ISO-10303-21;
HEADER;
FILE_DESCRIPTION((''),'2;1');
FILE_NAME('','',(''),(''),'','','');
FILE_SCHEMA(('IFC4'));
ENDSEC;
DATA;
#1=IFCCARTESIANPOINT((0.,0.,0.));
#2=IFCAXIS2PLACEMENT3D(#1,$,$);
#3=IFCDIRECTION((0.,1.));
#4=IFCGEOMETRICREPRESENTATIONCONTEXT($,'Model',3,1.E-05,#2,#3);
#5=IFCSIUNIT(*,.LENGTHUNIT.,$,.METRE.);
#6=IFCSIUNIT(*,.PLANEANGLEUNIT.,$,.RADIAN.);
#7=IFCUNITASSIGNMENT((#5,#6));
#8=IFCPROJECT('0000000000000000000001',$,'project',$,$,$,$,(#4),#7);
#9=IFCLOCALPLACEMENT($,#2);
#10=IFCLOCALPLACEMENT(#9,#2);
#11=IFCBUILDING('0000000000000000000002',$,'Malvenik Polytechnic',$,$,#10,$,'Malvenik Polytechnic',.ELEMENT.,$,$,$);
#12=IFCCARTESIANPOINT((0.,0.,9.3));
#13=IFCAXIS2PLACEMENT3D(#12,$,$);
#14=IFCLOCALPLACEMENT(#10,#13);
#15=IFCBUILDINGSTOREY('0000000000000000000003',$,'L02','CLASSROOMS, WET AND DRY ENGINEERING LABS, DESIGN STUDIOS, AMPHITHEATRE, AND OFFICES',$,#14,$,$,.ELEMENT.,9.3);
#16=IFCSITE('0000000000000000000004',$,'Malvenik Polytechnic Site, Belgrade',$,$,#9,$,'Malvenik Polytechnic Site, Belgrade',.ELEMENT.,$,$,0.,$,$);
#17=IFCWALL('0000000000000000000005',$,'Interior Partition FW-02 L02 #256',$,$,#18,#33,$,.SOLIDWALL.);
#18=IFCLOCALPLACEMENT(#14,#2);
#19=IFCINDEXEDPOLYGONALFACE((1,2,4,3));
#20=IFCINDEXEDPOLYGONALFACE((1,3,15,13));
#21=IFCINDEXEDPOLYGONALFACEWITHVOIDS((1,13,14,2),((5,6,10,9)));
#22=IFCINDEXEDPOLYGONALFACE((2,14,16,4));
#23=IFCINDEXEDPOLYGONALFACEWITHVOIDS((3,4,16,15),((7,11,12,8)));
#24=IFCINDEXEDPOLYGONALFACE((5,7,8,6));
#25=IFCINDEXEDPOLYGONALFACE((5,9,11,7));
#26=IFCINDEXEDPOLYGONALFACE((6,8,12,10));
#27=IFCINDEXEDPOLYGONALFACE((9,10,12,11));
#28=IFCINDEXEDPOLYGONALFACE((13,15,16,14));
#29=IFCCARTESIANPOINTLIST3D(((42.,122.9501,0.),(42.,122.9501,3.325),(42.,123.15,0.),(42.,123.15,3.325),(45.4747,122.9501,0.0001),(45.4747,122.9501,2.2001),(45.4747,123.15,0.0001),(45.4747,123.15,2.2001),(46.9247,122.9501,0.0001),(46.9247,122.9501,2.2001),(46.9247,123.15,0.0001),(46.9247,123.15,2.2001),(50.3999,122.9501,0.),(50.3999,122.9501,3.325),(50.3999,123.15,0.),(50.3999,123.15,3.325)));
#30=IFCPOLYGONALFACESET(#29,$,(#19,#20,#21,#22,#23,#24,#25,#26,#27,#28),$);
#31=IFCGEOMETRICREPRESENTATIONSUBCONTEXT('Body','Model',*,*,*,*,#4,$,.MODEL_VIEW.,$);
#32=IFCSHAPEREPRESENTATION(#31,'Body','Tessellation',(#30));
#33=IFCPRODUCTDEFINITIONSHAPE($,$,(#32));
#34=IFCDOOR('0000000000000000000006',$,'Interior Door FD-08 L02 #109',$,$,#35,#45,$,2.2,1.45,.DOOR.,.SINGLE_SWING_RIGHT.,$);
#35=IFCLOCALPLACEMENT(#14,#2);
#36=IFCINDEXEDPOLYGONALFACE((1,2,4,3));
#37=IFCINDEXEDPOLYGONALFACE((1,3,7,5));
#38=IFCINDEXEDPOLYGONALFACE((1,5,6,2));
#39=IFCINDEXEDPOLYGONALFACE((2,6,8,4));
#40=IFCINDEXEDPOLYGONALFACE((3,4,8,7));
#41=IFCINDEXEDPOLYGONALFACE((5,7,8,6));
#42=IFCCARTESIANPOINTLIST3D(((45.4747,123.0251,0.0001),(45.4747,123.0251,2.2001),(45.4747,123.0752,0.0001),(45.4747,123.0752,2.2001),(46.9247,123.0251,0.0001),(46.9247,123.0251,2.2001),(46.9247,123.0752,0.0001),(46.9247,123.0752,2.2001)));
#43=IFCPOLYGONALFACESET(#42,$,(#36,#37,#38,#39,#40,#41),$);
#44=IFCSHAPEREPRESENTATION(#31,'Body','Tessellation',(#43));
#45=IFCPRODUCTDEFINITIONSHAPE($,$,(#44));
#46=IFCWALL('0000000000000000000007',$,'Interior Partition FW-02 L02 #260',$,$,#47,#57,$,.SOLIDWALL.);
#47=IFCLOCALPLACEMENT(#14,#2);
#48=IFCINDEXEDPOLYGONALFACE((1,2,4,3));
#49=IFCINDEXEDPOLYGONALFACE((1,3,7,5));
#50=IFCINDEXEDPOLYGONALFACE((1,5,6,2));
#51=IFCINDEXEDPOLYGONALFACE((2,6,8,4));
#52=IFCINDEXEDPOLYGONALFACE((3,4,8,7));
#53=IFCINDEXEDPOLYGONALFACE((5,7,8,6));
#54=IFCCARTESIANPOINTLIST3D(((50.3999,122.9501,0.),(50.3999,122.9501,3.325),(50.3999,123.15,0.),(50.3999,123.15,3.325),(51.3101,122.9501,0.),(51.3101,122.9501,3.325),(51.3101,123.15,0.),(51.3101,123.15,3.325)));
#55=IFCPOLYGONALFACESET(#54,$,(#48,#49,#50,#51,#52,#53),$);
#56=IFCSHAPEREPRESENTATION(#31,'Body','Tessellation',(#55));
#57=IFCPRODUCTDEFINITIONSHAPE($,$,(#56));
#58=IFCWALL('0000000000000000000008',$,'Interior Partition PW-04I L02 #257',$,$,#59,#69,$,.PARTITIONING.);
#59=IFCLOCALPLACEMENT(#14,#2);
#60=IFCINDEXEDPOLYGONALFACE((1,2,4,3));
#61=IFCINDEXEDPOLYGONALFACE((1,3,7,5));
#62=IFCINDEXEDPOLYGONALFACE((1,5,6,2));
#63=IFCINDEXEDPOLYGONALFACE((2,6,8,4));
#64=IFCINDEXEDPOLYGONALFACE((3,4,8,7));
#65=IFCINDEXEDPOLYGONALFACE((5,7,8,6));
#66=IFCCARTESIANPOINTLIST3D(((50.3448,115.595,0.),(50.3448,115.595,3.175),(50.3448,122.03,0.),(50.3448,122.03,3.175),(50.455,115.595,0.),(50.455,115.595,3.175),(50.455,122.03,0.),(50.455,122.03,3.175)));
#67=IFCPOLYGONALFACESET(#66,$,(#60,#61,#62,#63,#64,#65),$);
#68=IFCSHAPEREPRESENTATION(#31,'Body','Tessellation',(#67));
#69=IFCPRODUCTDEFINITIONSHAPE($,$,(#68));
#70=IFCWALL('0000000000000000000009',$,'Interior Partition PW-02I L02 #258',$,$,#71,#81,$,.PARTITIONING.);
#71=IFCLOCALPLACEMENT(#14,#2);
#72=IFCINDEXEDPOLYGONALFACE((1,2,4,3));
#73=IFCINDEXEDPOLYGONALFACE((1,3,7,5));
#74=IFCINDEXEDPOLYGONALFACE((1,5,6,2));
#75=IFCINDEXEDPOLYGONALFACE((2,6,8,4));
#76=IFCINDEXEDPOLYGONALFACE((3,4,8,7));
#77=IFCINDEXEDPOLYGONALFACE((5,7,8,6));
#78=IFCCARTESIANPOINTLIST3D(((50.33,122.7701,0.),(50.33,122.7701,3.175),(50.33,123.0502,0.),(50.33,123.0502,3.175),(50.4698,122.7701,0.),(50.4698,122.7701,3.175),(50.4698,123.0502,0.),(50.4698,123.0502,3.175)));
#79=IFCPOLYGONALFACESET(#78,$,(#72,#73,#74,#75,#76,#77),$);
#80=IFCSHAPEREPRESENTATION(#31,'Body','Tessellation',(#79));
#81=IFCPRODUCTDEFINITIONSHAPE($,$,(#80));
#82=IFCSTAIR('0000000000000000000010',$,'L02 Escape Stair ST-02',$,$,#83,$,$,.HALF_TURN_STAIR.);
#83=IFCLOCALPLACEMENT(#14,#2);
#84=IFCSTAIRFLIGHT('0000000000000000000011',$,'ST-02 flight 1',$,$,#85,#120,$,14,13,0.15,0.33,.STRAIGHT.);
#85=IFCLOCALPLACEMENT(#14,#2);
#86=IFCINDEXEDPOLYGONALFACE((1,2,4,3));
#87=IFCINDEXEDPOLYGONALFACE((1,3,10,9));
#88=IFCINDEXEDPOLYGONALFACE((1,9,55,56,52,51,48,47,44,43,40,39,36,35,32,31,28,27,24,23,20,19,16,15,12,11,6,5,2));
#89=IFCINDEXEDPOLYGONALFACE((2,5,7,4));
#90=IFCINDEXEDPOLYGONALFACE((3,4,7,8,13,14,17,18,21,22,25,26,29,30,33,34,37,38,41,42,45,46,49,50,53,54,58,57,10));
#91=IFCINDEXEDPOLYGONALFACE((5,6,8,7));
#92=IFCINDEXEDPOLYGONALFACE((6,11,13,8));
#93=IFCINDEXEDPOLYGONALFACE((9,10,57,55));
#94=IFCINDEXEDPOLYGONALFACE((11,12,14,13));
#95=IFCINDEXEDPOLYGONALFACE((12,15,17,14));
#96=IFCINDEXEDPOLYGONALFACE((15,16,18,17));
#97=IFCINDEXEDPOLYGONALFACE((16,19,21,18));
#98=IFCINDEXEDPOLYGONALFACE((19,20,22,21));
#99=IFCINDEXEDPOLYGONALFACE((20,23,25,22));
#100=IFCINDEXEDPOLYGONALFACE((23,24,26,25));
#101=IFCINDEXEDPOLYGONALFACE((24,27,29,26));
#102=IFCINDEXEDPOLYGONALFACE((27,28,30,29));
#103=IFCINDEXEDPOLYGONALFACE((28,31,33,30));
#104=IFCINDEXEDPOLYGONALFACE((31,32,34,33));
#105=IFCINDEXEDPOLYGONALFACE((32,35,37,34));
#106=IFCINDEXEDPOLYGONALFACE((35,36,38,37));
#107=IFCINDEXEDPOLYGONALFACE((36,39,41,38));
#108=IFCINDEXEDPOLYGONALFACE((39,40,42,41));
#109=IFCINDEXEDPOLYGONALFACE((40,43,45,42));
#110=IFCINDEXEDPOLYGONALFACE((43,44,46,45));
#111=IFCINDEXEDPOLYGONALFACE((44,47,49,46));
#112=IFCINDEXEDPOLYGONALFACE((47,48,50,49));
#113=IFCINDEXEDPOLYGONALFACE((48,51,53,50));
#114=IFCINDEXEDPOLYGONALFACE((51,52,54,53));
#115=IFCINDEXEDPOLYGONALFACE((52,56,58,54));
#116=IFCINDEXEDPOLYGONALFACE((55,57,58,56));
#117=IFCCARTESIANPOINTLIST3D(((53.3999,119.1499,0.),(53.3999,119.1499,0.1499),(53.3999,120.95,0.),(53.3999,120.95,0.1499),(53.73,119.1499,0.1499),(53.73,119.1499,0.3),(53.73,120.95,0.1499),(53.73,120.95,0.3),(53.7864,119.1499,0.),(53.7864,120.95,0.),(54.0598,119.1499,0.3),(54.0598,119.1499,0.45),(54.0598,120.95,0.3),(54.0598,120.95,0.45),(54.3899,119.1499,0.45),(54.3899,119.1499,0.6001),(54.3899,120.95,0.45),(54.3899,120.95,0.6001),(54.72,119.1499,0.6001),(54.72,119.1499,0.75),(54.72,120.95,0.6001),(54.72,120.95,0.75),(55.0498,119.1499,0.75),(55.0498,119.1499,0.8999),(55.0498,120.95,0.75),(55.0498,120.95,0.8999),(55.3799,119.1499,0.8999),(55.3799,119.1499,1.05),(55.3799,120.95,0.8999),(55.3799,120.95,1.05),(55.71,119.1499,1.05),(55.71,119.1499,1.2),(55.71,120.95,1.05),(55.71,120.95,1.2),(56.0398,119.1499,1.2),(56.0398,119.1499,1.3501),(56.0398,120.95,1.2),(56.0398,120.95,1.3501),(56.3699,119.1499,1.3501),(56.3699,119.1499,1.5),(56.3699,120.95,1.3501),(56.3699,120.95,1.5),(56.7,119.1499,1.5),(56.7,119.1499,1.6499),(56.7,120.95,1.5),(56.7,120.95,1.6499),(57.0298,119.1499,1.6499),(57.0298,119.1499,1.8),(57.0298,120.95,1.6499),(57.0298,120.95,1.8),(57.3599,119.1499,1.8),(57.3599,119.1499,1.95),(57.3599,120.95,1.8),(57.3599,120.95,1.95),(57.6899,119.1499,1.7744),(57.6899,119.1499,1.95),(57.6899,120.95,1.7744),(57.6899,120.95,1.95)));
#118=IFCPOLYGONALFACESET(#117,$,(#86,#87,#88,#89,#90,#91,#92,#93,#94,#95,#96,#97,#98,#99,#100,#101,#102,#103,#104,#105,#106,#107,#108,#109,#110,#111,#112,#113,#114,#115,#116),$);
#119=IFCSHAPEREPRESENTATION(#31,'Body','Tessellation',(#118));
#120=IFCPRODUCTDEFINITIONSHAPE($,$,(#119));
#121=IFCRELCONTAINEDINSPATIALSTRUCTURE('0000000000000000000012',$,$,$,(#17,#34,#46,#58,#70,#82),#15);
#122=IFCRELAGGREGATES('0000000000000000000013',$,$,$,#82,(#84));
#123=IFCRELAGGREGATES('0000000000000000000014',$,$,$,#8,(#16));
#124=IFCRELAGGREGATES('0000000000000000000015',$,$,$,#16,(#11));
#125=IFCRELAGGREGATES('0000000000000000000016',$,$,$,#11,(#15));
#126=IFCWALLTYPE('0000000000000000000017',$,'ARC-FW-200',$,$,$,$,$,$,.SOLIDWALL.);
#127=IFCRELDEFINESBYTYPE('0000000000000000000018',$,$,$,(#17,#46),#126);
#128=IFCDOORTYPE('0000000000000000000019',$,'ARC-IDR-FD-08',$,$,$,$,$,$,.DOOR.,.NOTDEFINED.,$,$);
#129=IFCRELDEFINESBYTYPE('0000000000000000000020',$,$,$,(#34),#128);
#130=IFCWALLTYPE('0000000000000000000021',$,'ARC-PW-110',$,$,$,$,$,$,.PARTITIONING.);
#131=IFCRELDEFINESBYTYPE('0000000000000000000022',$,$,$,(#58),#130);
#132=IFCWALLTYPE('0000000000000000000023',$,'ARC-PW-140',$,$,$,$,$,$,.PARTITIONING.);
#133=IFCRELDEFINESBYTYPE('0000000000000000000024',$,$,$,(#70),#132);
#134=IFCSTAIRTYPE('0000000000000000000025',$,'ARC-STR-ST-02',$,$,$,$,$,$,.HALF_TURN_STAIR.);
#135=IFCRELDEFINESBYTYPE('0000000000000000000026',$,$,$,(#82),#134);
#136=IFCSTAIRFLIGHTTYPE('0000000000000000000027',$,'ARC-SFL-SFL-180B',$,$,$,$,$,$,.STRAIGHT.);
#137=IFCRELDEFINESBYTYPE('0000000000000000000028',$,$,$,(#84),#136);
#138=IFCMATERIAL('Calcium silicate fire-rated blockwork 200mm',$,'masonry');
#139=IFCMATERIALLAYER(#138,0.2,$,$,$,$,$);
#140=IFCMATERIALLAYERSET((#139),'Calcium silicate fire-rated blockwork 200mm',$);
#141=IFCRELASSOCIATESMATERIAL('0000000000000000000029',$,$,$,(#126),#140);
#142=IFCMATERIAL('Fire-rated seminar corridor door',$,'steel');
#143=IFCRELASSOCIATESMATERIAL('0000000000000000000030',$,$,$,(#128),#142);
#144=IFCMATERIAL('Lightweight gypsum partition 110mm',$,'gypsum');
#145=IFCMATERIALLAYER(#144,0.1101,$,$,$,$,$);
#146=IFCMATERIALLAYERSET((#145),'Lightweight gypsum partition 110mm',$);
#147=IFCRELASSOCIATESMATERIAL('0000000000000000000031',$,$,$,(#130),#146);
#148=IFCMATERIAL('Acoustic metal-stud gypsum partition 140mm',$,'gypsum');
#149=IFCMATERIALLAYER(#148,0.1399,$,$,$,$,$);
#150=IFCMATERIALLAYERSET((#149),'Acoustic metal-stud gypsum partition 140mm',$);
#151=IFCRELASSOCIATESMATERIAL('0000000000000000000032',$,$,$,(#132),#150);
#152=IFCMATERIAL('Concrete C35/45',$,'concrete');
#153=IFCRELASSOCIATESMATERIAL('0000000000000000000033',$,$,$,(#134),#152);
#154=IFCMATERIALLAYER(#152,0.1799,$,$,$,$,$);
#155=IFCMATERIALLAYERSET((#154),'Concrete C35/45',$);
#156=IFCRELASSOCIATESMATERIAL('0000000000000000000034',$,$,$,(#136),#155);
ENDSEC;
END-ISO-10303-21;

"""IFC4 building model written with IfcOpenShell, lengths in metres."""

from ifc_helpers import new_model, si_unit, direction, frame, frame_2d, origin, place, context, subcontext, project, spatial, polyline, rectangle, outline, extrude, material, layer, layer_set, type_object, element, fill, aggregate, save


model = new_model("IFC4")

# Units and contexts
model_context = context("Model", 3, precision=1e-05, world=origin(), true_north=direction((0.0, 1.0)))
body_context = subcontext(model_context, "Body", "Model", "MODEL_VIEW")
ifc_project = project(units=[si_unit("LENGTHUNIT", "METRE"), si_unit("PLANEANGLEUNIT", "RADIAN")], contexts=[model_context])

# Site, building, storey
site_placement = place(None, origin())
site = spatial("IfcSite", under=ifc_project, at=site_placement, Name="Malvenik Polytechnic Site, Belgrade", LongName="Malvenik Polytechnic Site, Belgrade", CompositionType="ELEMENT", RefElevation=0.0)
building_placement = place(site_placement, origin())
building = spatial("IfcBuilding", under=site, at=building_placement, Name="Malvenik Polytechnic", LongName="Malvenik Polytechnic", CompositionType="ELEMENT")
storey_placement = place(building_placement, frame((0.0, 0.0, 9.3)))
storey = spatial("IfcBuildingStorey", under=building, at=storey_placement, Name="L02", Description="CLASSROOMS, WET AND DRY ENGINEERING LABS, DESIGN STUDIOS, AMPHITHEATRE, AND OFFICES", CompositionType="ELEMENT", Elevation=9.3)

# Shared definitions
ifc_material_1 = material(Name="Concrete C35/45", Category="concrete")

# Wall, opening, door
ifc_material_2 = material(Name="Calcium silicate fire-rated blockwork 200mm", Category="masonry")
ifc_layer_1 = layer(ifc_material_2, 0.2)
ifc_layer_set_1 = layer_set([ifc_layer_1], Name="Calcium silicate fire-rated blockwork 200mm")
wall_type_1 = type_object("IfcWallType", Name="ARC-FW-200", PredefinedType="SOLIDWALL", material=ifc_layer_set_1)
wall_1_placement = place(storey_placement, frame((50.3999, 123.05, 0.0), z_axis=(0.0, 0.0, 1.0), x_axis=(-1.0, 0.0, 0.0)))
wall_1 = element("IfcWall", 1, at=wall_1_placement, inside=storey, type_object=wall_type_1, Name="Interior Partition FW-02 L02 #256", PredefinedType="SOLIDWALL", context=body_context, shape_type="SweptSolid", body=[
    extrude(rectangle(XDim=8.3999, YDim=0.2, at=frame_2d((4.2, 0.0))), origin(), (0.0, 0.0, 1.0), 3.325),
])
opening_1_placement = place(wall_1_placement, frame((3.4751, 0.0, 0.0)))
opening_1 = element("IfcOpeningElement", 2, at=opening_1_placement, cuts=wall_1, PredefinedType="OPENING", context=body_context, shape_type="SweptSolid", body=[
    extrude(rectangle(XDim=1.45, YDim=2.2, at=frame_2d((0.7251, 1.1001))), frame((0.0, 0.1099, 0.0), z_axis=(0.0, -1.0, 0.0), x_axis=(1.0, 0.0, 0.0)), (0.0, 0.0, 1.0), 0.22),
])
ifc_material_3 = material(Name="Fire-rated seminar corridor door", Category="steel")
door_type_1 = type_object("IfcDoorType", Name="ARC-IDR-FD-08", OperationType="NOTDEFINED", PredefinedType="DOOR", material=ifc_material_3)
door_1_placement = place(opening_1_placement, origin())
door_1 = element("IfcDoor", 3, at=door_1_placement, inside=storey, type_object=door_type_1, Name="Interior Door FD-08 L02 #109", OperationType="SINGLE_SWING_RIGHT", OverallHeight=2.2, OverallWidth=1.45, PredefinedType="DOOR", context=body_context, shape_type="SweptSolid", body=[
    extrude(rectangle(XDim=1.45, YDim=2.2, at=frame_2d((0.7251, 1.1001))), frame((0.0, 0.0249, 0.0), z_axis=(0.0, -1.0, 0.0), x_axis=(1.0, 0.0, 0.0)), (0.0, 0.0, 1.0), 0.05),
])
fill(opening_1, door_1)

# Walls
wall_2_placement = place(storey_placement, frame((51.3101, 123.05, 0.0), z_axis=(0.0, 0.0, 1.0), x_axis=(-1.0, 0.0, 0.0)))
element("IfcWall", 4, at=wall_2_placement, inside=storey, type_object=wall_type_1, Name="Interior Partition FW-02 L02 #260", PredefinedType="SOLIDWALL", context=body_context, shape_type="SweptSolid", body=[
    extrude(rectangle(XDim=0.9102, YDim=0.2, at=frame_2d((0.4551, 0.0))), origin(), (0.0, 0.0, 1.0), 3.325),
])
ifc_material_4 = material(Name="Lightweight gypsum partition 110mm", Category="gypsum")
ifc_layer_2 = layer(ifc_material_4, 0.1101)
ifc_layer_set_2 = layer_set([ifc_layer_2], Name="Lightweight gypsum partition 110mm")
wall_type_2 = type_object("IfcWallType", Name="ARC-PW-110", PredefinedType="PARTITIONING", material=ifc_layer_set_2)
wall_3_placement = place(storey_placement, frame((50.3999, 115.595, 0.0), z_axis=(0.0, 0.0, 1.0), x_axis=(0.0, 1.0, 0.0)))
element("IfcWall", 5, at=wall_3_placement, inside=storey, type_object=wall_type_2, Name="Interior Partition PW-04I L02 #257", PredefinedType="PARTITIONING", context=body_context, shape_type="SweptSolid", body=[
    extrude(rectangle(XDim=6.4351, YDim=0.1101, at=frame_2d((3.2175, 0.0))), origin(), (0.0, 0.0, 1.0), 3.175),
])
ifc_material_5 = material(Name="Acoustic metal-stud gypsum partition 140mm", Category="gypsum")
ifc_layer_3 = layer(ifc_material_5, 0.1399)
ifc_layer_set_3 = layer_set([ifc_layer_3], Name="Acoustic metal-stud gypsum partition 140mm")
wall_type_3 = type_object("IfcWallType", Name="ARC-PW-140", PredefinedType="PARTITIONING", material=ifc_layer_set_3)
wall_4_placement = place(storey_placement, frame((50.3999, 122.77, 0.0), z_axis=(0.0, 0.0, 1.0), x_axis=(0.0, 1.0, 0.0)))
element("IfcWall", 6, at=wall_4_placement, inside=storey, type_object=wall_type_3, Name="Interior Partition PW-02I L02 #258", PredefinedType="PARTITIONING", context=body_context, shape_type="SweptSolid", body=[
    extrude(rectangle(XDim=0.28, YDim=0.1399, at=frame_2d((0.1401, 0.0))), origin(), (0.0, 0.0, 1.0), 3.175),
])

# Stair, stair flight
stair_type = type_object("IfcStairType", Name="ARC-STR-ST-02", PredefinedType="HALF_TURN_STAIR", material=ifc_material_1)
stair_placement = place(storey_placement, origin())
stair = element("IfcStair", 7, at=stair_placement, inside=storey, type_object=stair_type, Name="L02 Escape Stair ST-02", PredefinedType="HALF_TURN_STAIR")
ifc_layer_4 = layer(ifc_material_1, 0.1799)
ifc_layer_set_4 = layer_set([ifc_layer_4], Name="Concrete C35/45")
stair_flight_type = type_object("IfcStairFlightType", Name="ARC-SFL-SFL-180B", PredefinedType="STRAIGHT", material=ifc_layer_set_4)
stair_flight_placement = place(storey_placement, frame((53.3999, 120.05, 0.0), z_axis=(0.0, 0.0, 1.0), x_axis=(1.0, 0.0, 0.0)))
stair_flight = element("IfcStairFlight", 8, at=stair_flight_placement, type_object=stair_flight_type, Name="ST-02 flight 1", NumberOfRisers=14, NumberOfTreads=13, PredefinedType="STRAIGHT", RiserHeight=0.15, TreadLength=0.33, context=body_context, shape_type="SweptSolid", body=[
    extrude(outline(polyline([(0.0, 0.0), (0.0, 0.1499), (0.3301, 0.1499), (0.3301, 0.3), (0.6599, 0.3), (0.6599, 0.45), (0.99, 0.45), (0.99, 0.6001), (1.3201, 0.6001), (1.3201, 0.75), (1.6499, 0.75), (1.6499, 0.8999), (1.98, 0.8999), (1.98, 1.05), (2.3101, 1.05), (2.3101, 1.2), (2.6399, 1.2), (2.6399, 1.3501), (2.97, 1.3501), (2.97, 1.5), (3.3, 1.5), (3.3, 1.6499), (3.6299, 1.6499), (3.6299, 1.8), (3.96, 1.8), (3.96, 1.95), (4.29, 1.95), (4.29, 2.1001), (4.29, 1.7744), (0.3865, 0.0), (0.0, 0.0)])), frame((0.0, 0.8999, 0.0), z_axis=(0.0, -1.0, 0.0), x_axis=(1.0, 0.0, 0.0)), (0.0, 0.0, 1.0), 1.8),
])
aggregate(stair, [stair_flight])

save(model, "model.ifc")
